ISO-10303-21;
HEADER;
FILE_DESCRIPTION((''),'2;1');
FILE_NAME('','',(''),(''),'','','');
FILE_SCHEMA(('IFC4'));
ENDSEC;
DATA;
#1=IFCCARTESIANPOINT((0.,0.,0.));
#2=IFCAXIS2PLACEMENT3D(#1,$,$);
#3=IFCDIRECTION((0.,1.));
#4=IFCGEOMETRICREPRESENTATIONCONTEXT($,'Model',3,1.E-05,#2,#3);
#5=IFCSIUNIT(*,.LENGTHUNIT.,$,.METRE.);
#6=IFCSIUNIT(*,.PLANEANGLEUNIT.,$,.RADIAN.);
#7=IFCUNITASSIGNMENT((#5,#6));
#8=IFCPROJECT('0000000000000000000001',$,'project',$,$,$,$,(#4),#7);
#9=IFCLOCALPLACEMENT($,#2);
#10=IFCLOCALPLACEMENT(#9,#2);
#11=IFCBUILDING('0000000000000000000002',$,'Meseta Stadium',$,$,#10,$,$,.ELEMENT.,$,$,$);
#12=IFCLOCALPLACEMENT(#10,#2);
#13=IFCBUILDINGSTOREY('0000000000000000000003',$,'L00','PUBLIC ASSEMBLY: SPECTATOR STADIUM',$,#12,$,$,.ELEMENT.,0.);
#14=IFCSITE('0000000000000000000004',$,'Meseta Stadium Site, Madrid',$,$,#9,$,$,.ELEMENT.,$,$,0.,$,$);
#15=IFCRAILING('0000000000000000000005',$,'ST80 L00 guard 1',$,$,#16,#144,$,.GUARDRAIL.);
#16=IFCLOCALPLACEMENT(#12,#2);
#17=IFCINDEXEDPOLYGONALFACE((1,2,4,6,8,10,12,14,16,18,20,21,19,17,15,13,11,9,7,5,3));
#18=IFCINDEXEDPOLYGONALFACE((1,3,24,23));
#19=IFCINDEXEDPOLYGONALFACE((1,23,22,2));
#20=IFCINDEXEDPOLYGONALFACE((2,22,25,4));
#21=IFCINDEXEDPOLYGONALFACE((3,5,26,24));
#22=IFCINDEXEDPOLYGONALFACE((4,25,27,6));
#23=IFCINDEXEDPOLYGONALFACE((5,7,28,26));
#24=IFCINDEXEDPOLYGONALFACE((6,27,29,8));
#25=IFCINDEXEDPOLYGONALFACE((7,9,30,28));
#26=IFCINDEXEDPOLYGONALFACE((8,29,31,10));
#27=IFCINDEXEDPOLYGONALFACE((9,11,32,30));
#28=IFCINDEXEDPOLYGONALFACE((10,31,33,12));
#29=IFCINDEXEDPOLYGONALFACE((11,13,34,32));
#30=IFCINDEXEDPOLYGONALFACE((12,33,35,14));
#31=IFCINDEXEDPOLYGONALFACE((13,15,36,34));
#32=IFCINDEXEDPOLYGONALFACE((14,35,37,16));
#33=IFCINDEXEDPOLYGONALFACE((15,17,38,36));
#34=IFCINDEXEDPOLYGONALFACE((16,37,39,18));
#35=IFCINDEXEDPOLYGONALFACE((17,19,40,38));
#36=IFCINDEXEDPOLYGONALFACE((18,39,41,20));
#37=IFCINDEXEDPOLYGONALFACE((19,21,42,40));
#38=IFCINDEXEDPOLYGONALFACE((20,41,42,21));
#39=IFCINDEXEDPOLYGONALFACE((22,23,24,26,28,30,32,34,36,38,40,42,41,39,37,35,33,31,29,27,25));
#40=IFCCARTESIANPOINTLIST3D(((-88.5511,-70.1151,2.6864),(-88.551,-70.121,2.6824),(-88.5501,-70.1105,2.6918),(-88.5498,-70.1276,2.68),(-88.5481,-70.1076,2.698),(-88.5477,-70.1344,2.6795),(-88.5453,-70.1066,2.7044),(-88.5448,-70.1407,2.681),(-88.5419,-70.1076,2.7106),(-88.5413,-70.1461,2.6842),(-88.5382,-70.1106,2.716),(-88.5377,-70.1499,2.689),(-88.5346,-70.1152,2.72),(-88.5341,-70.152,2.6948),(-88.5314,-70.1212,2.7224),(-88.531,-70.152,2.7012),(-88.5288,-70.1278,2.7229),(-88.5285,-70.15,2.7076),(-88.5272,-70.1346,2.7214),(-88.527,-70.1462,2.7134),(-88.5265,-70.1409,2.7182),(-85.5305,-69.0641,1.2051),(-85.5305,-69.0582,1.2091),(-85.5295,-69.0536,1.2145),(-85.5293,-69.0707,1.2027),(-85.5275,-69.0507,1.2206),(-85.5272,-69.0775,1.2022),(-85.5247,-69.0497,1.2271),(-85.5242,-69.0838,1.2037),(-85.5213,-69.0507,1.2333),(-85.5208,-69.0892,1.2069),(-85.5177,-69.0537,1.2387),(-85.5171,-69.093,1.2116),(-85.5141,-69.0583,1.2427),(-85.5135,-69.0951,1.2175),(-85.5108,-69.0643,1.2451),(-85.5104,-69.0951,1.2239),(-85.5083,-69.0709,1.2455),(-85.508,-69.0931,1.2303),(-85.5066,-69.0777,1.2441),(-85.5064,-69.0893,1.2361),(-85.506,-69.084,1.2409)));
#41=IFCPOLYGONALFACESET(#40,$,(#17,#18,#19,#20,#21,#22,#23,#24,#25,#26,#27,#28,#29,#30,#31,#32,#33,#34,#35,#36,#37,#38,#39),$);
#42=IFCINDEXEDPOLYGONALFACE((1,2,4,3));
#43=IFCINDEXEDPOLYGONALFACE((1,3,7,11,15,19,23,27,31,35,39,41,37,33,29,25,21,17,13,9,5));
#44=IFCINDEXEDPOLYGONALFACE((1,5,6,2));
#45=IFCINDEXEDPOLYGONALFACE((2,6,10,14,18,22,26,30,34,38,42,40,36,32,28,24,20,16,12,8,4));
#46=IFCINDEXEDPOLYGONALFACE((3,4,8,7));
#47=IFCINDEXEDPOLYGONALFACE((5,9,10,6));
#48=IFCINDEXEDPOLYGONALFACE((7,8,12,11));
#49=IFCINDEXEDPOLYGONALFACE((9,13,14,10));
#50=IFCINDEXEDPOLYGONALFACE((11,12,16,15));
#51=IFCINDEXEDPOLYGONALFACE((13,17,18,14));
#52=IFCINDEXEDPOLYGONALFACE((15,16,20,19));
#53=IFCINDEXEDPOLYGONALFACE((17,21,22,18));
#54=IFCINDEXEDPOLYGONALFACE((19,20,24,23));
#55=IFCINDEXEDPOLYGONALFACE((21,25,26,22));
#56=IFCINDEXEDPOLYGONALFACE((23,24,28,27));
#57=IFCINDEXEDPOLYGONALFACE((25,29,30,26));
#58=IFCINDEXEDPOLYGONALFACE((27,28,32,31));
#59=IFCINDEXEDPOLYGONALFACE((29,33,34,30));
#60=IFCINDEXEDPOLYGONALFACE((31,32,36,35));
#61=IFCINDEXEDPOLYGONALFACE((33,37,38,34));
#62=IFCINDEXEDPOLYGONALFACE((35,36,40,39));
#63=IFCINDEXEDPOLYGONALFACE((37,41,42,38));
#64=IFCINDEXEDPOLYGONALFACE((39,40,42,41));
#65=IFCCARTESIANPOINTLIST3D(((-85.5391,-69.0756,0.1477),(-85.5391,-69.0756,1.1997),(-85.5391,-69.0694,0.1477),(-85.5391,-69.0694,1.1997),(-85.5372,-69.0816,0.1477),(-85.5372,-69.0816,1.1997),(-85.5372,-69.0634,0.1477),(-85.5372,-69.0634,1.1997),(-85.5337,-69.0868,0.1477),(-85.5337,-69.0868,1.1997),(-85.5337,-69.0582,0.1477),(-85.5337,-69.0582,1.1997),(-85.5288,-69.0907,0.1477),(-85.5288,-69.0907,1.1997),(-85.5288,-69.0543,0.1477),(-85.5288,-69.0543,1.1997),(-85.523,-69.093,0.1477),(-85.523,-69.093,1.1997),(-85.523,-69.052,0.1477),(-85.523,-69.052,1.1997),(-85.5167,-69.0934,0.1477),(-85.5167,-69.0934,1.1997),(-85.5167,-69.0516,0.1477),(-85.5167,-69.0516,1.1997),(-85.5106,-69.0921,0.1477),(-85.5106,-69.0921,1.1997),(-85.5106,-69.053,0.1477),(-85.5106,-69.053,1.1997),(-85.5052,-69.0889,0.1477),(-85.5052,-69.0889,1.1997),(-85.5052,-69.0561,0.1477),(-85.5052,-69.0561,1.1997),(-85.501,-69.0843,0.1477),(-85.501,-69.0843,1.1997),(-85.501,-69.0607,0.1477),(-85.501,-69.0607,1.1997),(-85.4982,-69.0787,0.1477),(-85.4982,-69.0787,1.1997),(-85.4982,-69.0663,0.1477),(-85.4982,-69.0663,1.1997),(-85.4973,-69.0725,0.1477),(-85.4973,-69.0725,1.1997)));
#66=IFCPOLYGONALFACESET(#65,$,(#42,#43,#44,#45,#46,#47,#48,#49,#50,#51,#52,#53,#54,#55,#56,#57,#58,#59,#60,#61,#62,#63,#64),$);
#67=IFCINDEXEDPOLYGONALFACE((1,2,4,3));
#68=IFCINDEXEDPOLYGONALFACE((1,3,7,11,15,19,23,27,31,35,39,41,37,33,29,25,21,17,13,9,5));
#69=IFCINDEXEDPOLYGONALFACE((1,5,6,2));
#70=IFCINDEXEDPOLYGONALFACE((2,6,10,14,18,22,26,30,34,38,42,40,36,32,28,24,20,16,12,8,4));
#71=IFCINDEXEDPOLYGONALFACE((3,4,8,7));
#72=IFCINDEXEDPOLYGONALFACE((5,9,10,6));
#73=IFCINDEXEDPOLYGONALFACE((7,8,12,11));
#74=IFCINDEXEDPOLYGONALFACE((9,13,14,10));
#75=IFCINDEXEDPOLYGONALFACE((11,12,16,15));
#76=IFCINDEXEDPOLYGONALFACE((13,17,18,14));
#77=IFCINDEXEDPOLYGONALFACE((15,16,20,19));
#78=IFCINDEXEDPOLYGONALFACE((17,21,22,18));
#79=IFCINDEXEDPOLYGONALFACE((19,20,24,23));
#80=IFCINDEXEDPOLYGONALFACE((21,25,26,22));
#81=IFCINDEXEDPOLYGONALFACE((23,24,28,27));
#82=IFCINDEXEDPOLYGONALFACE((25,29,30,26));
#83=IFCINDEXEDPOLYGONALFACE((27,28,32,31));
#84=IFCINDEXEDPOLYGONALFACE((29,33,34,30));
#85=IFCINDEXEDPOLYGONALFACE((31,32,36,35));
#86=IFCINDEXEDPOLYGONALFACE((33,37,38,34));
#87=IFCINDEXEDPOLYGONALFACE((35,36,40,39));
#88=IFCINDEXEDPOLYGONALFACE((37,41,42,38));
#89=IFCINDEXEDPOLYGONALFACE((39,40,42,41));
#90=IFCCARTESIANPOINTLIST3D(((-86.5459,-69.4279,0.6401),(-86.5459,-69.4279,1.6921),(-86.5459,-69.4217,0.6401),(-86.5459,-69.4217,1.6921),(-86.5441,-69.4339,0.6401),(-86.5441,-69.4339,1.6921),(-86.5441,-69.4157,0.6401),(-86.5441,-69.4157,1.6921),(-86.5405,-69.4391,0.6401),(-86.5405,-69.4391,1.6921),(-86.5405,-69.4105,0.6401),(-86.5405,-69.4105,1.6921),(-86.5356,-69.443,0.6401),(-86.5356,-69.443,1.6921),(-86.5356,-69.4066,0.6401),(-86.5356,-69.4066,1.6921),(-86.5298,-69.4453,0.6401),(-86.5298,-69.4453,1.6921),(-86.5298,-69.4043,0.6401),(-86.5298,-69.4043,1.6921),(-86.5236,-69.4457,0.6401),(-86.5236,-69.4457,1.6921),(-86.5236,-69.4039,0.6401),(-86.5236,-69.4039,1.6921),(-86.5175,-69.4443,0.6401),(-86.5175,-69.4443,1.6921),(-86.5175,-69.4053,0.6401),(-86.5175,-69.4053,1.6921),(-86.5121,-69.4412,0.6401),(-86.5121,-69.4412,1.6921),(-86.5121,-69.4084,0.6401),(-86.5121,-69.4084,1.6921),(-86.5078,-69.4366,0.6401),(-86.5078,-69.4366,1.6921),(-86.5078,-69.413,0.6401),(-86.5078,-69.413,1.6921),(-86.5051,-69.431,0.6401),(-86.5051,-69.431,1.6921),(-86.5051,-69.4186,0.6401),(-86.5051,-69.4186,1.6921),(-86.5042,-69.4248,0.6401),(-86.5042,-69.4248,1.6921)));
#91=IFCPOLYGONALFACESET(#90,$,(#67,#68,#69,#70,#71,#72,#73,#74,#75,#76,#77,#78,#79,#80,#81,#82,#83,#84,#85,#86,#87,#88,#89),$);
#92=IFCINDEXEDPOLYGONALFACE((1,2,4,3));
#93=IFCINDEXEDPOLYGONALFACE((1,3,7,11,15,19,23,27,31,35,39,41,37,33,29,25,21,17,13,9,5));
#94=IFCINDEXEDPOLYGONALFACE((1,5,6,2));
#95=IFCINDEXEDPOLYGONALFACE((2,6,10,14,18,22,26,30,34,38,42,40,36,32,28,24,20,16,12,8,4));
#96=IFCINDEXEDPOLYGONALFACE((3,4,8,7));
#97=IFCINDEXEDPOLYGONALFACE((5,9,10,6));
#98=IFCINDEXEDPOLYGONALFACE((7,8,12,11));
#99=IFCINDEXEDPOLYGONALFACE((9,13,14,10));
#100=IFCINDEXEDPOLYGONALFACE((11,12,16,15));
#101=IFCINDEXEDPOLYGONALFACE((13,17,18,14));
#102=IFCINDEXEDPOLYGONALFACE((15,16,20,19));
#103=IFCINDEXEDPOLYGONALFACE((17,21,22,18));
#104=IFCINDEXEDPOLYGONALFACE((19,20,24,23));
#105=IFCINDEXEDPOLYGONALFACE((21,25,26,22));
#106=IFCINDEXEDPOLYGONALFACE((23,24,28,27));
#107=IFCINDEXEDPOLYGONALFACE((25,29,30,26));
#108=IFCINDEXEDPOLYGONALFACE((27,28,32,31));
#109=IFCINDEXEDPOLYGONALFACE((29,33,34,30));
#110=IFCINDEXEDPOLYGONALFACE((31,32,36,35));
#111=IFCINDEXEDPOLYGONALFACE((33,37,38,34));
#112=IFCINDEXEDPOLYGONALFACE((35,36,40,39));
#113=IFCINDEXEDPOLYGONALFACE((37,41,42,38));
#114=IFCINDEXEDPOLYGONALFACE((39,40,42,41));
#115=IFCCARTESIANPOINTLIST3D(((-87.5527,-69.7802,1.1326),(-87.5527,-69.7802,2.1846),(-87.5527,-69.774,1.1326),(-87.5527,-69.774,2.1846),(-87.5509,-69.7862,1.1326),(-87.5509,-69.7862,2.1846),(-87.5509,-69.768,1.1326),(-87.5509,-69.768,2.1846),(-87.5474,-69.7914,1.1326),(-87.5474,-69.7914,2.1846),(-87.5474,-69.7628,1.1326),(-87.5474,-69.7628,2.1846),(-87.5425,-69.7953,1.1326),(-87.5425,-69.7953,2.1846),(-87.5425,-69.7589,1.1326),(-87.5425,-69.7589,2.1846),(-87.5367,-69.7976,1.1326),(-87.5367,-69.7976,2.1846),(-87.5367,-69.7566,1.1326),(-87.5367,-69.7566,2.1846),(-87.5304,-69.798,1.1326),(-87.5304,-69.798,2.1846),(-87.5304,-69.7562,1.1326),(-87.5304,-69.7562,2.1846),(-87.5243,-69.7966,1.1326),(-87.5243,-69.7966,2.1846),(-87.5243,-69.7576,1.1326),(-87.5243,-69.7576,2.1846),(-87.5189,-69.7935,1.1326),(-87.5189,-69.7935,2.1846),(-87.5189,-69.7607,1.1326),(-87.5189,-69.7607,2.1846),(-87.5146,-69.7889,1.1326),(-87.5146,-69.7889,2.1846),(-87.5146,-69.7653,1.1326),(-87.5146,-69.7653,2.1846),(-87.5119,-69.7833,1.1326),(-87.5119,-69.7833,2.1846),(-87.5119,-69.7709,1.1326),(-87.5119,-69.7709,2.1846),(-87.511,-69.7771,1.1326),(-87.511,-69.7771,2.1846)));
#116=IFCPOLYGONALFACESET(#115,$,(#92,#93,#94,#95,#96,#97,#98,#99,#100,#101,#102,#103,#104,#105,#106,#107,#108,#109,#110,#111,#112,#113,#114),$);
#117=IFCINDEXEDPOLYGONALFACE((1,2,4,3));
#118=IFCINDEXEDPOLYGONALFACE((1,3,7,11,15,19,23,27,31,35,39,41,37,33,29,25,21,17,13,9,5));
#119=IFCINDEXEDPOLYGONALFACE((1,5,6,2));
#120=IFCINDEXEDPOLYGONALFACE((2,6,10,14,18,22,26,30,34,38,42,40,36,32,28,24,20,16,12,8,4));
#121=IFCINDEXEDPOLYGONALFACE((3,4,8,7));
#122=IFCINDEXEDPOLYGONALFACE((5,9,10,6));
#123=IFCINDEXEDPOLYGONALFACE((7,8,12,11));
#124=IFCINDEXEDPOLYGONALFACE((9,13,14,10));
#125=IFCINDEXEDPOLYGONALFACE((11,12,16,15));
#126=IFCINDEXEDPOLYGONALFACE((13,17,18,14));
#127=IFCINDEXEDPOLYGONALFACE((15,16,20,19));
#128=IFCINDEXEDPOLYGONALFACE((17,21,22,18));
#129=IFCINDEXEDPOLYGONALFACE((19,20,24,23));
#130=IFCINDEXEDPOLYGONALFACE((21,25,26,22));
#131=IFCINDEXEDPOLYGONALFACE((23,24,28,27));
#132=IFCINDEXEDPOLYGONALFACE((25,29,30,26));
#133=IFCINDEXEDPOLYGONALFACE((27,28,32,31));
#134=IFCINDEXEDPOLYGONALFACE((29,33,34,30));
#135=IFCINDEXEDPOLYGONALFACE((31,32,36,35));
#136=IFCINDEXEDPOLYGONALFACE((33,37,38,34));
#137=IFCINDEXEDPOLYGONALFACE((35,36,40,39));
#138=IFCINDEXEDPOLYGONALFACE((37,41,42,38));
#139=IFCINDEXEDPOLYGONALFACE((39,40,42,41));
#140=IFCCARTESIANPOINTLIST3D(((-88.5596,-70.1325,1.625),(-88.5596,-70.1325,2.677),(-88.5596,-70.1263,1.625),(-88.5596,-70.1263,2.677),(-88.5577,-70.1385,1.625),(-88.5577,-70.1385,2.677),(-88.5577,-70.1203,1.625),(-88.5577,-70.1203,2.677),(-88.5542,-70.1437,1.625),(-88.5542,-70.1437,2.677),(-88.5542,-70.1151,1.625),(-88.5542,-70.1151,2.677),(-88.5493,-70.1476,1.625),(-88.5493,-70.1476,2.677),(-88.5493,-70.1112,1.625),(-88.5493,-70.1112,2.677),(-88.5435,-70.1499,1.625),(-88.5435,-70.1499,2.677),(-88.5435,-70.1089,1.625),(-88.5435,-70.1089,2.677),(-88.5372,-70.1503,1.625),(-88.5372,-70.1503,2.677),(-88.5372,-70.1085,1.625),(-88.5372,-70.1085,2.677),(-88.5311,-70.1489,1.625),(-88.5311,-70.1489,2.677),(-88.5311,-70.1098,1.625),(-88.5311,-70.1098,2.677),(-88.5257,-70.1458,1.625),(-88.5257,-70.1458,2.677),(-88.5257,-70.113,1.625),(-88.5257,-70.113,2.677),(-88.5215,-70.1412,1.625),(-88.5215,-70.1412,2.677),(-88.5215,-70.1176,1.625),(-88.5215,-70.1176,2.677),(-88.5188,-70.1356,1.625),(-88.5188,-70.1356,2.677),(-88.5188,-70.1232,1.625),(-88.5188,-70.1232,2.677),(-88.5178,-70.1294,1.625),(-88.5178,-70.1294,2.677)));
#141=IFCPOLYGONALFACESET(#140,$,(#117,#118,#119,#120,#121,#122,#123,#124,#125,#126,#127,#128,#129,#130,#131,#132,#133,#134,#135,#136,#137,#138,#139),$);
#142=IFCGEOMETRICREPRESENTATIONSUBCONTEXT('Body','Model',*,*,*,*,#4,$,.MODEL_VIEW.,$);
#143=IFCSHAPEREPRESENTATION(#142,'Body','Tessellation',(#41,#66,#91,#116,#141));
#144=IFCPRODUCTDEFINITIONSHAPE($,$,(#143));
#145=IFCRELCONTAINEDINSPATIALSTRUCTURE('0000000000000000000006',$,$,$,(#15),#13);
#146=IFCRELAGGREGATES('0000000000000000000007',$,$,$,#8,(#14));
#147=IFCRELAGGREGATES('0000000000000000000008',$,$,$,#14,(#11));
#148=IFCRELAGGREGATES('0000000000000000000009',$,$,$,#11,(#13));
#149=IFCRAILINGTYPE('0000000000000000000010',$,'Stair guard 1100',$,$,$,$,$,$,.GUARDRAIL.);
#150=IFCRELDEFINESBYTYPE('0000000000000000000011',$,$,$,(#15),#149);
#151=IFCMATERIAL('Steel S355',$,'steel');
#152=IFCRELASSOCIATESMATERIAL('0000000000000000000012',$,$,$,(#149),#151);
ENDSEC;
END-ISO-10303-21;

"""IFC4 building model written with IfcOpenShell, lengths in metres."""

from ifc_helpers import new_model, si_unit, direction, frame, origin, origin_2d, place, context, subcontext, project, spatial, circle, extrude, material, type_object, element, save


model = new_model("IFC4")

# Units and contexts
model_context = context("Model", 3, precision=1e-05, world=origin(), true_north=direction((0.0, 1.0)))
body_context = subcontext(model_context, "Body", "Model", "MODEL_VIEW")
ifc_project = project(units=[si_unit("LENGTHUNIT", "METRE"), si_unit("PLANEANGLEUNIT", "RADIAN")], contexts=[model_context])

# Site, building, storey
site_placement = place(None, origin())
site = spatial("IfcSite", under=ifc_project, at=site_placement, Name="Meseta Stadium Site, Madrid", CompositionType="ELEMENT", RefElevation=0.0)
building_placement = place(site_placement, origin())
building = spatial("IfcBuilding", under=site, at=building_placement, Name="Meseta Stadium", CompositionType="ELEMENT")
storey_placement = place(building_placement, origin())
storey = spatial("IfcBuildingStorey", under=building, at=storey_placement, Name="L00", Description="PUBLIC ASSEMBLY: SPECTATOR STADIUM", CompositionType="ELEMENT", Elevation=0.0)

# Railing
ifc_material_1 = material(Name="Steel S355", Category="steel")
railing_type_1 = type_object("IfcRailingType", Name="Stair guard 1100", PredefinedType="GUARDRAIL", material=ifc_material_1)
railing_1_placement = place(storey_placement, frame((-85.5183, -69.0725, 0.1477)))
element("IfcRailing", 1, at=railing_1_placement, inside=storey, type_object=railing_type_1, Name="ST80 L00 guard 1", PredefinedType="GUARDRAIL", context=body_context, shape_type="SweptSolid", body=[
    extrude(circle(Radius=0.0239, at=origin_2d()), frame((0.0, 0.0, 1.0762), z_axis=(-0.856977, -0.299859, 0.419137), x_axis=(0.330269, -0.943887, 0.0)), (0.0, 0.0, 1.0), 3.5247),
    extrude(circle(Radius=0.021, at=origin_2d()), origin(), (0.0, 0.0, 1.0), 1.052),
    extrude(circle(Radius=0.021, at=origin_2d()), frame((-1.0068, -0.3523, 0.4924)), (0.0, 0.0, 1.0), 1.052),
    extrude(circle(Radius=0.021, at=origin_2d()), frame((-2.0137, -0.7046, 0.9849)), (0.0, 0.0, 1.0), 1.052),
    extrude(circle(Radius=0.021, at=origin_2d()), frame((-3.0205, -1.0569, 1.4773)), (0.0, 0.0, 1.0), 1.052),
])

save(model, "model.ifc")
